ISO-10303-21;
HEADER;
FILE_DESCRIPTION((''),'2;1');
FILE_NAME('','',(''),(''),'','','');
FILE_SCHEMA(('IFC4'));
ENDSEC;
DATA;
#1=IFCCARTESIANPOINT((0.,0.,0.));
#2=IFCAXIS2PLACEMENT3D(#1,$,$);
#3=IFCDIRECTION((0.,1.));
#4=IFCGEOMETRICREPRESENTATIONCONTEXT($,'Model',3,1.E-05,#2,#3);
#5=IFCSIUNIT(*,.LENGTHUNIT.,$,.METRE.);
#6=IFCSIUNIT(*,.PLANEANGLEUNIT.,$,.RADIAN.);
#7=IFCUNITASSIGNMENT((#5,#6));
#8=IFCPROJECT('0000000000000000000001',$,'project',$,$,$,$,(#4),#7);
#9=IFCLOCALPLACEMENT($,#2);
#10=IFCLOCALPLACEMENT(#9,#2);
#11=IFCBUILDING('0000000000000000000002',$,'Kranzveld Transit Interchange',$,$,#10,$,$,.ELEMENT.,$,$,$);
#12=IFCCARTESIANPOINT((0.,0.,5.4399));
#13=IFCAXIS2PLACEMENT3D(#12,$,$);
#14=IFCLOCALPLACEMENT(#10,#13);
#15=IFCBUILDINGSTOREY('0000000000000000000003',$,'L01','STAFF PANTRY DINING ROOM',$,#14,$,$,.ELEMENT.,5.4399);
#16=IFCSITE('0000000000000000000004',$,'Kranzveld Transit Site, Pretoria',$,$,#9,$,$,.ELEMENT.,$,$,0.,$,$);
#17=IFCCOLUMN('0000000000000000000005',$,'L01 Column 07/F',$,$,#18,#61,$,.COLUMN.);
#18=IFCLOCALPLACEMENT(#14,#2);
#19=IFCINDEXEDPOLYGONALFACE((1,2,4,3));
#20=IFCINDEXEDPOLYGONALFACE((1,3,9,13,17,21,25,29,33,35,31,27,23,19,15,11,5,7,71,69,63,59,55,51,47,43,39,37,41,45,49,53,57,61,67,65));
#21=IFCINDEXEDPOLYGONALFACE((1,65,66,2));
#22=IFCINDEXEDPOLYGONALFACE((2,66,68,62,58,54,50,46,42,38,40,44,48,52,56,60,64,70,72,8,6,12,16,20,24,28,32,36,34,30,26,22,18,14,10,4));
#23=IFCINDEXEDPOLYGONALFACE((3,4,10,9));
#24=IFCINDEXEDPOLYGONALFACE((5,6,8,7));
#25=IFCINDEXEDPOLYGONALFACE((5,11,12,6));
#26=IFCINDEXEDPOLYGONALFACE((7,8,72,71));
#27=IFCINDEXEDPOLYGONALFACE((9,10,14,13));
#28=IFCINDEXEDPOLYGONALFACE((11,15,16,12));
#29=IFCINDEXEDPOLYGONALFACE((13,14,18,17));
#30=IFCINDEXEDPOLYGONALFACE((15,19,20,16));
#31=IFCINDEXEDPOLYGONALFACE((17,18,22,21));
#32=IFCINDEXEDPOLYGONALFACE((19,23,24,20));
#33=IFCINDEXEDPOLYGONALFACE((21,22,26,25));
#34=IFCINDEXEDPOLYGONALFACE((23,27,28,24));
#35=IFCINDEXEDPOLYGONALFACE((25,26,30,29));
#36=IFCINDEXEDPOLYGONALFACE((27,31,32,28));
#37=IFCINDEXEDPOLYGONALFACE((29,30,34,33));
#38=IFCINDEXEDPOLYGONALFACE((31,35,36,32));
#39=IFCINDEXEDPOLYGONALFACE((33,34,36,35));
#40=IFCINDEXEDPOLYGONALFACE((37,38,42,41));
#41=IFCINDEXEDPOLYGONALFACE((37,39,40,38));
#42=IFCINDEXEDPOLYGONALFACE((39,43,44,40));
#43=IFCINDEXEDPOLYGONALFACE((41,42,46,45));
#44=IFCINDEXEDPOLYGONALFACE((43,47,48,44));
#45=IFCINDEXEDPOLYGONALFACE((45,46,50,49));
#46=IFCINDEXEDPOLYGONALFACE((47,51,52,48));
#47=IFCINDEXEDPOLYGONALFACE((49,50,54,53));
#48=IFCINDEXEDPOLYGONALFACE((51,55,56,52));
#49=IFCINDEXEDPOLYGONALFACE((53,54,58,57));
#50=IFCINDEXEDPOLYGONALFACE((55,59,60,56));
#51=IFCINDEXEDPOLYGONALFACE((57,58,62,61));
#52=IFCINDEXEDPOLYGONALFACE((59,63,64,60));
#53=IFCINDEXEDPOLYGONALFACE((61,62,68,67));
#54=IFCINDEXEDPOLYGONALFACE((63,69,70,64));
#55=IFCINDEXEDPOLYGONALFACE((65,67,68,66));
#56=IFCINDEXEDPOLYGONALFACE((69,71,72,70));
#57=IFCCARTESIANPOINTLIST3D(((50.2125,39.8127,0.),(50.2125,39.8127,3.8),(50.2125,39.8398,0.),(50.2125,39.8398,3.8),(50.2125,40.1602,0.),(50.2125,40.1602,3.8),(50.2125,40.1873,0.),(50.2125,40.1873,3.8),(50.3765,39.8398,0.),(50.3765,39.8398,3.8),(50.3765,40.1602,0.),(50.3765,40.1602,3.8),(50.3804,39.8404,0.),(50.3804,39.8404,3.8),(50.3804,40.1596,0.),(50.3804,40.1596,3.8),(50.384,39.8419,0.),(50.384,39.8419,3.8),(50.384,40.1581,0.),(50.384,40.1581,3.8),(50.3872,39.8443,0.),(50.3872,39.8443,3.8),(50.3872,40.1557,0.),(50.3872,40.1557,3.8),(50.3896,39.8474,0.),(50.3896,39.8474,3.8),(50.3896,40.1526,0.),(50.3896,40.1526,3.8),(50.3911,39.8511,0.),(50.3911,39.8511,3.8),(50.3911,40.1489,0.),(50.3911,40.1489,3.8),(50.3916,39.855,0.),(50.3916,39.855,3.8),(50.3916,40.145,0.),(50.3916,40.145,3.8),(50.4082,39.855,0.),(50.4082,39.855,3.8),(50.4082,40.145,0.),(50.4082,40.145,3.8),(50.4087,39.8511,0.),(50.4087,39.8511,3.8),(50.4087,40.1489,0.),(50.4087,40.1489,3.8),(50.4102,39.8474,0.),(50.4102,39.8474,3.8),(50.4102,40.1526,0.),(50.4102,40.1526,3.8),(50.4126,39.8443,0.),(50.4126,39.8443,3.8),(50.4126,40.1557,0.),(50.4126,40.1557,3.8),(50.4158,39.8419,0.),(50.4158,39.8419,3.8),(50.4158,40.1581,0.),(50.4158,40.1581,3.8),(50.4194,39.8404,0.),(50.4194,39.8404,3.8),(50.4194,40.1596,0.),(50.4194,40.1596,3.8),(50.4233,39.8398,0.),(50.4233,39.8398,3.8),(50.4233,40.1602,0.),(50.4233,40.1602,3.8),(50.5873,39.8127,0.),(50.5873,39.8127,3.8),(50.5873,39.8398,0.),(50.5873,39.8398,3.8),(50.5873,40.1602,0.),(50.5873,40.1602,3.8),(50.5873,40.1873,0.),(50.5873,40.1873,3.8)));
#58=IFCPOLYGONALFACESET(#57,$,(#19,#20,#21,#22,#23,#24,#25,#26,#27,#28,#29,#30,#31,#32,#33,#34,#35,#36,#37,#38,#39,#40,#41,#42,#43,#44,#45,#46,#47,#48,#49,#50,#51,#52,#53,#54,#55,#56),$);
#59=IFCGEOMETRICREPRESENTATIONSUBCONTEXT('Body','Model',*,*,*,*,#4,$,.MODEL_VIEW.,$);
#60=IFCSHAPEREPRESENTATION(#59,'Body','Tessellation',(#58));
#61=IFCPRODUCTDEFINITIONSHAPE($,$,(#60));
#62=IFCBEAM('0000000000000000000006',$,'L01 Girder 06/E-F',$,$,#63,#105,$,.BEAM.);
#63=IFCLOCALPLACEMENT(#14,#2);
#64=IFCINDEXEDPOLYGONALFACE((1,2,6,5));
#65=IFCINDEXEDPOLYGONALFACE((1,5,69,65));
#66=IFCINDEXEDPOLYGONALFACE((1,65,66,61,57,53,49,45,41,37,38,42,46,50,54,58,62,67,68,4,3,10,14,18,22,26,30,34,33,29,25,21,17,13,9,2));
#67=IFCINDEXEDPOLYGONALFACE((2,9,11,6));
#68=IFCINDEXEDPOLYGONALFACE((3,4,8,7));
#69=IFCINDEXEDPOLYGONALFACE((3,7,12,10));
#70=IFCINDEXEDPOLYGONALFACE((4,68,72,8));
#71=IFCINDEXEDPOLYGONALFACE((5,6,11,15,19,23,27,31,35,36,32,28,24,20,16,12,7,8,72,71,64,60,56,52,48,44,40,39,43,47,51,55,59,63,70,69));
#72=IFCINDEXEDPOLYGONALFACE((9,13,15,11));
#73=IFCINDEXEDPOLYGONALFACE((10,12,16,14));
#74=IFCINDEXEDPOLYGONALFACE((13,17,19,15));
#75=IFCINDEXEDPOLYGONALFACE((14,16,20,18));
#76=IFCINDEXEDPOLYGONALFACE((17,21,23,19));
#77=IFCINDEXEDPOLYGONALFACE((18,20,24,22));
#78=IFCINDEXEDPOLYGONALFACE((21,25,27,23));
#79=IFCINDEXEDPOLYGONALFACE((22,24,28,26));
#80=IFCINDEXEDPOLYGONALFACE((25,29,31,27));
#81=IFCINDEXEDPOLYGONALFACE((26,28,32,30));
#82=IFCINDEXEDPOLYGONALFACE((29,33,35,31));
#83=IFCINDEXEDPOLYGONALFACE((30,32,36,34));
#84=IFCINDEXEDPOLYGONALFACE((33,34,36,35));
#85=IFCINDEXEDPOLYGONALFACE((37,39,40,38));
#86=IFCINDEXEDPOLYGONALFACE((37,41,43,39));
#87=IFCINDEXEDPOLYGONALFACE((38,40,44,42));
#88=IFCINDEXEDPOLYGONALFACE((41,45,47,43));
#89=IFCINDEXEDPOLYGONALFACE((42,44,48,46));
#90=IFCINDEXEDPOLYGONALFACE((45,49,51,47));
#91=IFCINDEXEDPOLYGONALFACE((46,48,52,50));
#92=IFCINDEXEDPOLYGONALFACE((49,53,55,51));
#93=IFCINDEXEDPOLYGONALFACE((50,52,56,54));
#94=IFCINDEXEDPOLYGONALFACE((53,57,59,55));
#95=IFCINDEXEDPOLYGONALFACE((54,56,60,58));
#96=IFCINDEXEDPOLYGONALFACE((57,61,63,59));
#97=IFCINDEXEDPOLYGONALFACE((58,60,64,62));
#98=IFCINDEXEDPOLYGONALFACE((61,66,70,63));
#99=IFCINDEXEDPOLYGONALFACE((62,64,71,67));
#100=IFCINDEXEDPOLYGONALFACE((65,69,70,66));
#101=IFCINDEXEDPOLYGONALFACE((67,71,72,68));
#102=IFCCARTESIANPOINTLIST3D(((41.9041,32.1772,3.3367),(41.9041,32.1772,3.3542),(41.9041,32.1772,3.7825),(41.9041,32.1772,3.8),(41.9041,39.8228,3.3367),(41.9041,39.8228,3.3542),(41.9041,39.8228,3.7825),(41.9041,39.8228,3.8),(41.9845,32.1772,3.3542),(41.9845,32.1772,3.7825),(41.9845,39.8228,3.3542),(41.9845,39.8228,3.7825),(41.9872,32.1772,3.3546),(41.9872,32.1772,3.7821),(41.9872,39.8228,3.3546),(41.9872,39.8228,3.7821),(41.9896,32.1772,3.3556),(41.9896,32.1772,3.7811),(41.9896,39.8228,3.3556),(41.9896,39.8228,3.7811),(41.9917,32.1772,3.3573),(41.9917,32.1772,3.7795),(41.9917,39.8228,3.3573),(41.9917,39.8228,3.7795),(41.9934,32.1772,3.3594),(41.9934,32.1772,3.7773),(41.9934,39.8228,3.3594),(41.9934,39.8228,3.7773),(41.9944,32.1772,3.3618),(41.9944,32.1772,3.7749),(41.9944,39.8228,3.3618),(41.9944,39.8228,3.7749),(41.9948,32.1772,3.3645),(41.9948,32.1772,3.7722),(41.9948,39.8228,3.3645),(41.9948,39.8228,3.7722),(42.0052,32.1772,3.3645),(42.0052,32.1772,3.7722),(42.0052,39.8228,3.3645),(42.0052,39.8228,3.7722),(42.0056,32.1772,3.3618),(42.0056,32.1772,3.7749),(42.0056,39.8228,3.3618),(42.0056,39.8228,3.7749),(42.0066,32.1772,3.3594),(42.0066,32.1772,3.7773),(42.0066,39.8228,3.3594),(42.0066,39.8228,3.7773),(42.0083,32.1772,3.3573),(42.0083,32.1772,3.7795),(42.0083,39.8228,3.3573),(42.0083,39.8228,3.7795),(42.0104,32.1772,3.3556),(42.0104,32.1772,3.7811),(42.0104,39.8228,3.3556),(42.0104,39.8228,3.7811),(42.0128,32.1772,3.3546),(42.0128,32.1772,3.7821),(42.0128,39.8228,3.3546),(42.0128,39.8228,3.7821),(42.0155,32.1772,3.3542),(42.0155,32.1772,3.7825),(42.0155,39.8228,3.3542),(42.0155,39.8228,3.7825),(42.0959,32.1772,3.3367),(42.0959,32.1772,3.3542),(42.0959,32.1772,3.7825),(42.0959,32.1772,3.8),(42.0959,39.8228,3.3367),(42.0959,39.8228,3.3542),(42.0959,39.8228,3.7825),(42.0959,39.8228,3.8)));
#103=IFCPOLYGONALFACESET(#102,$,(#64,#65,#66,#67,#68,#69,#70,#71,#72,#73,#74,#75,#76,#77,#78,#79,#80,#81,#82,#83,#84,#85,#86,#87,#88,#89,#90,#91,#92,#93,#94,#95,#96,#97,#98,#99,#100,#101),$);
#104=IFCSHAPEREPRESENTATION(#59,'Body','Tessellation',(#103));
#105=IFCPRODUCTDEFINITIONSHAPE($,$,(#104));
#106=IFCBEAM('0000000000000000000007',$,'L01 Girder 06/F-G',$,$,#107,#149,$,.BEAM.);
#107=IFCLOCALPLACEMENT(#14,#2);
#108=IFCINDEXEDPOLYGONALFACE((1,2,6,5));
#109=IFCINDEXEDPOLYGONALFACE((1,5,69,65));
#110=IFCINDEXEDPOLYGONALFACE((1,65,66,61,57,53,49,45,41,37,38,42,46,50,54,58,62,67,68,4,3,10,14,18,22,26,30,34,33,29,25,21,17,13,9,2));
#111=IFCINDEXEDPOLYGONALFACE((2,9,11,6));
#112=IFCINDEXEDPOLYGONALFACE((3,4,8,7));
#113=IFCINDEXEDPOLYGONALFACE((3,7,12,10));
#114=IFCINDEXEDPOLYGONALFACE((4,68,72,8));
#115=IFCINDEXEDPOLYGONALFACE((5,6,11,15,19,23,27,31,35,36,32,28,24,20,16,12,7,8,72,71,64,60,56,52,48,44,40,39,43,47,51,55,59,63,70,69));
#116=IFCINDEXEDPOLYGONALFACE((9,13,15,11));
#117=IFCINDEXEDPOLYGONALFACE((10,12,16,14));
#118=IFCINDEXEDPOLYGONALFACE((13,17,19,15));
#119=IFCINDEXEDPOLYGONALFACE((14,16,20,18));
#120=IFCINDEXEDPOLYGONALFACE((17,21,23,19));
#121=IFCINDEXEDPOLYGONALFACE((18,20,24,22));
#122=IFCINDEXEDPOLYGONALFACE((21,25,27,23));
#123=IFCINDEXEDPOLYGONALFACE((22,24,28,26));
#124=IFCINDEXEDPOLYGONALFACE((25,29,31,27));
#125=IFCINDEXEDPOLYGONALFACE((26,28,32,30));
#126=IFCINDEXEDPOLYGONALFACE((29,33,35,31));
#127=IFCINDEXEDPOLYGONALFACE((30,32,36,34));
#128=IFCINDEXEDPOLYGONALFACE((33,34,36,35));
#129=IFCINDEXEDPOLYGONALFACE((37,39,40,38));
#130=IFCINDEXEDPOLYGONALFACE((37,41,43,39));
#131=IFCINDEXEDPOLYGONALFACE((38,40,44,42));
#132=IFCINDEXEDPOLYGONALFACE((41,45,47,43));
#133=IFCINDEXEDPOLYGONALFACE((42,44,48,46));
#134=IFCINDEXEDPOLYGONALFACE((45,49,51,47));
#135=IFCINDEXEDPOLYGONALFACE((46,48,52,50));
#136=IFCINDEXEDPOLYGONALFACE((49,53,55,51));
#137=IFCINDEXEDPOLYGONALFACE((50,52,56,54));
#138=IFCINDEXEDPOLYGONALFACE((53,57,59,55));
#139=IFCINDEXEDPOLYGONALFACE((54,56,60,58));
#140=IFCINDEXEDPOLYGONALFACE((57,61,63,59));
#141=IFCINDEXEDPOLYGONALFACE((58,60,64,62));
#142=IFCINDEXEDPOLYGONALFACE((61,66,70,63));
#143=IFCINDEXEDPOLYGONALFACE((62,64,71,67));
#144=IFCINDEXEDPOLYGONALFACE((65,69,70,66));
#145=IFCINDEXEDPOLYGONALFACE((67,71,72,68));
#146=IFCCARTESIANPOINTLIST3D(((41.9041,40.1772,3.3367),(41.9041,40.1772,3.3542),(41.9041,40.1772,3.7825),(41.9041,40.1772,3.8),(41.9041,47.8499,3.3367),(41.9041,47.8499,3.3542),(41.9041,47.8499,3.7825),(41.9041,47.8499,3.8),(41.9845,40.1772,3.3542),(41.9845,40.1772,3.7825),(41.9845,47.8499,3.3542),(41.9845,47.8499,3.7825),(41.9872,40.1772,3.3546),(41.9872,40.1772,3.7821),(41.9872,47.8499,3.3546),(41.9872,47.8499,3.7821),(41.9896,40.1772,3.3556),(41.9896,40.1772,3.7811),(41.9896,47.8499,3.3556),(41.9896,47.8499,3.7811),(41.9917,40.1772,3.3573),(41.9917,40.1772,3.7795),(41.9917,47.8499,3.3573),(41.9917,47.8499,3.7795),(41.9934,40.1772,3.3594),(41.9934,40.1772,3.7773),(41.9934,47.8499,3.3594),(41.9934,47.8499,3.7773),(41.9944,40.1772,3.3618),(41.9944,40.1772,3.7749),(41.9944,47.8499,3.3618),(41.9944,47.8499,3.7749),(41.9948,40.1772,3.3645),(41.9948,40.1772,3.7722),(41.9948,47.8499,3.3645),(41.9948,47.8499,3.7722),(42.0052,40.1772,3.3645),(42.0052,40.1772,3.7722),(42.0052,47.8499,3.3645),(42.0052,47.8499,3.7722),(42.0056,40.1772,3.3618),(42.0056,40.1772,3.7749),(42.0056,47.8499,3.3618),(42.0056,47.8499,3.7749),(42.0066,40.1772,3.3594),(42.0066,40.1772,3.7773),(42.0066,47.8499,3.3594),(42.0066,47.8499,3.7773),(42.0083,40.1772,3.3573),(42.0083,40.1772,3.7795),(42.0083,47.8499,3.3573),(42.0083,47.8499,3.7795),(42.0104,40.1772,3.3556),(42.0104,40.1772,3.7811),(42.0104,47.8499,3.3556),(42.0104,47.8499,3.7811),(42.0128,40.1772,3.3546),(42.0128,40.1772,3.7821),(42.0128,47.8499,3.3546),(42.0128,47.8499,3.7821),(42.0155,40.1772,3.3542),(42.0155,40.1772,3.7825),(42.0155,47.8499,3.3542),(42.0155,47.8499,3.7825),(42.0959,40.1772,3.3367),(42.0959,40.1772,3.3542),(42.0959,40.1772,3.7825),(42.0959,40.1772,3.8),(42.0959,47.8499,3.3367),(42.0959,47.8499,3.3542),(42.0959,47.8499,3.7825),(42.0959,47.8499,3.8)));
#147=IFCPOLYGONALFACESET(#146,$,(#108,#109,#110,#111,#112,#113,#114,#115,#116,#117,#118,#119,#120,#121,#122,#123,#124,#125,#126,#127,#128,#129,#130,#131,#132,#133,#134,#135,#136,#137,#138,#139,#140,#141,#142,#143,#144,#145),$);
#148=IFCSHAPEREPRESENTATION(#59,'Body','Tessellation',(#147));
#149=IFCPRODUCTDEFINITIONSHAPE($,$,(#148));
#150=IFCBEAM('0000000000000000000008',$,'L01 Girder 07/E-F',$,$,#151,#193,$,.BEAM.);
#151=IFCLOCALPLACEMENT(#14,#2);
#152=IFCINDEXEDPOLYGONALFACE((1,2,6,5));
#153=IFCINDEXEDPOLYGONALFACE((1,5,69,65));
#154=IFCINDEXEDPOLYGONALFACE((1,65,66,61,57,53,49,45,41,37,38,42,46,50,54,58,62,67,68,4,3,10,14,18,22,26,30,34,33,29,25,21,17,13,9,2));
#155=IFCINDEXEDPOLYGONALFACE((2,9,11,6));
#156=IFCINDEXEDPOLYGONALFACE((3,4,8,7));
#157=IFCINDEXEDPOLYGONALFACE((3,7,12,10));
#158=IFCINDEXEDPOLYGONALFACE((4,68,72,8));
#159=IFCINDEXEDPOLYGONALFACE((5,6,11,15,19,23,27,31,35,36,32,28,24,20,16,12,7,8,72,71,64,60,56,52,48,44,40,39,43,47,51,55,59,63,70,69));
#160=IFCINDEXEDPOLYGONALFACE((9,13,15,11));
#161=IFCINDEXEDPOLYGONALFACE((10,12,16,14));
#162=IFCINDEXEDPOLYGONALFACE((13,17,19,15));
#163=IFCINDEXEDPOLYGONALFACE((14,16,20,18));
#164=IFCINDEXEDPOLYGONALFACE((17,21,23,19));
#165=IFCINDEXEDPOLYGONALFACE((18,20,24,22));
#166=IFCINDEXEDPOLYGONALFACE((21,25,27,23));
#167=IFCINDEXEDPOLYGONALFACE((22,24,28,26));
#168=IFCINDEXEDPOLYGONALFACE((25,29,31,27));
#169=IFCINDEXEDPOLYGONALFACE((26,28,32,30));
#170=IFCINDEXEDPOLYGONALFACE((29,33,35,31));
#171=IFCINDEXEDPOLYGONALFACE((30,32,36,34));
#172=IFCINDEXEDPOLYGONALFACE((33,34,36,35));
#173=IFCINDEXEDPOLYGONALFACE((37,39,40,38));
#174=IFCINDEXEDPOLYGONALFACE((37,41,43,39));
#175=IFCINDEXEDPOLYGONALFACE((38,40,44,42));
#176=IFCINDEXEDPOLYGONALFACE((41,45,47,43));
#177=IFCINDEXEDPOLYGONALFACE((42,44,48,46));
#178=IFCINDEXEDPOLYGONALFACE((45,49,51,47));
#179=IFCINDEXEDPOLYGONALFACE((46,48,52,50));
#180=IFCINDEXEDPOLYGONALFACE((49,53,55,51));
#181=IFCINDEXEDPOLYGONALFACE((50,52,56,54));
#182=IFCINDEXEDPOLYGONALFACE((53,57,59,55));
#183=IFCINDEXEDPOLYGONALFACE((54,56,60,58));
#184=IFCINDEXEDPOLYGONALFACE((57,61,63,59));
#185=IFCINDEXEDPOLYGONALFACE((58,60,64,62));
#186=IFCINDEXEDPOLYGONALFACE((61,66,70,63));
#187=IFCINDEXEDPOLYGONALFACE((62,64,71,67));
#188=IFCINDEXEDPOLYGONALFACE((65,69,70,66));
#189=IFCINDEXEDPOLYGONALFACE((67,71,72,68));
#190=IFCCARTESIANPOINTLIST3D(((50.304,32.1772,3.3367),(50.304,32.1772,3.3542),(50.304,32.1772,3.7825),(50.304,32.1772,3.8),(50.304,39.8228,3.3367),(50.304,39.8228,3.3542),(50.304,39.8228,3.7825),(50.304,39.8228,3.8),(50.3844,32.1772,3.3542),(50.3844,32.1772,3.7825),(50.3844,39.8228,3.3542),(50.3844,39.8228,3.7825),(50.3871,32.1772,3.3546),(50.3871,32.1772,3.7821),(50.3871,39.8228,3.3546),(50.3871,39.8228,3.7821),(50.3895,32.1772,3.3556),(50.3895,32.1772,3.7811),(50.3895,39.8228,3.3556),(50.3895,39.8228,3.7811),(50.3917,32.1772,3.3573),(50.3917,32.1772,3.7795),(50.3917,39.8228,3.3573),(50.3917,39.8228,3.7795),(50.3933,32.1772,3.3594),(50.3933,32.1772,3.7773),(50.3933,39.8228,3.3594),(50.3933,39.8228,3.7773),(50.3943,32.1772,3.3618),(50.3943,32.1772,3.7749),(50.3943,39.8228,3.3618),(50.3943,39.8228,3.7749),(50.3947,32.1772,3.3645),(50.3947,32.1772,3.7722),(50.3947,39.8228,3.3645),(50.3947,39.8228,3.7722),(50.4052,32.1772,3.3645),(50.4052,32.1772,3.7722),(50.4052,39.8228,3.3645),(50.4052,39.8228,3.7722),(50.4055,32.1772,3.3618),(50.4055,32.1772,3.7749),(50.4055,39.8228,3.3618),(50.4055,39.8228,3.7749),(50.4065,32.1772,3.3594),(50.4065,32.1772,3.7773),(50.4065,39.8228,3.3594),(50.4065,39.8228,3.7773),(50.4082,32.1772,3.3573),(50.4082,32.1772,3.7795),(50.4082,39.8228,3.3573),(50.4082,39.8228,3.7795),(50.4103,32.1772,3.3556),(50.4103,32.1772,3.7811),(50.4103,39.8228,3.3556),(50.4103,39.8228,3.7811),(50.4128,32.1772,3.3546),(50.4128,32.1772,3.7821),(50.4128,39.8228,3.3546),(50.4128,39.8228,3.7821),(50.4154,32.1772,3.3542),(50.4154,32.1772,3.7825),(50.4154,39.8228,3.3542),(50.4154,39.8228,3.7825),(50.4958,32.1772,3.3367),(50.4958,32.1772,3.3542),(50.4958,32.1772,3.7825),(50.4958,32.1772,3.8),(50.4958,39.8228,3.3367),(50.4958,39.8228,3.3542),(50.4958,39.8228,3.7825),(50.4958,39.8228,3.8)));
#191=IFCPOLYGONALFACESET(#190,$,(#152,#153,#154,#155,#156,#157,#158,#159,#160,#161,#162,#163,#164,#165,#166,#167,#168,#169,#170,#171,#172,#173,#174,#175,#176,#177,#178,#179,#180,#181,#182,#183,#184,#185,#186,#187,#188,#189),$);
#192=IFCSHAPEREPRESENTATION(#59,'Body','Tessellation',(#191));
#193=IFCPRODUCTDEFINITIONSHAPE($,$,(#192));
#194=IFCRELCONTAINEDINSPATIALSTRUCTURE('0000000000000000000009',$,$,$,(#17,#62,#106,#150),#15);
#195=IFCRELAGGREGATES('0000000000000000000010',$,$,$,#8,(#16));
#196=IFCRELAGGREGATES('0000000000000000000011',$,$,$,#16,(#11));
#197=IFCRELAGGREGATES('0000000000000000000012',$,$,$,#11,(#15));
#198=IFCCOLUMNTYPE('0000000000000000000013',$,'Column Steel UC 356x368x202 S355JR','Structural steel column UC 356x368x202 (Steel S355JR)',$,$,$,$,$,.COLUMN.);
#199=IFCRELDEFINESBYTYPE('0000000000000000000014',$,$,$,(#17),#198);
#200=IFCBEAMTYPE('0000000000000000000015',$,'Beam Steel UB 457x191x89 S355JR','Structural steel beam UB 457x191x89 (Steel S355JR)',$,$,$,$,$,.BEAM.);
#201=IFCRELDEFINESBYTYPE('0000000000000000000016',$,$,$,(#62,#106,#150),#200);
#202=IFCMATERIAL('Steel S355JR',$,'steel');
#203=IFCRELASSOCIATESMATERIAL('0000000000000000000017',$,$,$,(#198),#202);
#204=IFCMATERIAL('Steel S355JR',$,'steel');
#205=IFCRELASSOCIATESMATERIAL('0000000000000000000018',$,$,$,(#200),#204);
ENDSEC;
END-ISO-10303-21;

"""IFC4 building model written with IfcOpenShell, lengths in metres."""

from ifc_helpers import new_model, si_unit, direction, frame, origin, origin_2d, place, context, subcontext, project, spatial, i_section, extrude, material, material_profile, profile_set, type_object, element, save


model = new_model("IFC4")

# Units and contexts
model_context = context("Model", 3, precision=1e-05, world=origin(), true_north=direction((0.0, 1.0)))
body_context = subcontext(model_context, "Body", "Model", "MODEL_VIEW")
ifc_project = project(units=[si_unit("LENGTHUNIT", "METRE"), si_unit("PLANEANGLEUNIT", "RADIAN")], contexts=[model_context])

# Site, building, storey
site_placement = place(None, origin())
site = spatial("IfcSite", under=ifc_project, at=site_placement, Name="Kranzveld Transit Site, Pretoria", CompositionType="ELEMENT", RefElevation=0.0)
building_placement = place(site_placement, origin())
building = spatial("IfcBuilding", under=site, at=building_placement, Name="Kranzveld Transit Interchange", CompositionType="ELEMENT")
storey_placement = place(building_placement, frame((0.0, 0.0, 5.4399)))
storey = spatial("IfcBuildingStorey", under=building, at=storey_placement, Name="L01", Description="STAFF PANTRY DINING ROOM", CompositionType="ELEMENT", Elevation=5.4399)

# Column
ifc_material_1 = material(Name="Steel S355JR", Category="steel")
ifc_material_profile_1 = material_profile(ifc_material_1, i_section(OverallWidth=0.3748, OverallDepth=0.3745, WebThickness=0.0166, FlangeThickness=0.0271, FilletRadius=0.0151, at=origin_2d()), Name="UC 356x368x202")
ifc_profile_set_1 = profile_set([ifc_material_profile_1], Name="Steel S355JR")
column_type_1 = type_object("IfcColumnType", Name="Column Steel UC 356x368x202 S355JR", Description="Structural steel column UC 356x368x202 (Steel S355JR)", PredefinedType="COLUMN", material=ifc_profile_set_1)
for number, where, z_axis, x_axis, name in (
    (1, (50.3999, 40.0, 0.0), (0.0, 0.0, 1.0), (1.0, 0.0, 0.0), "L01 Column 07/F"),
):
    element("IfcColumn", number, at=place(storey_placement, frame(where, z_axis=z_axis, x_axis=x_axis)), inside=storey, type_object=column_type_1, Name=name, PredefinedType="COLUMN", context=body_context, shape_type="SweptSolid", body=[
        extrude(i_section(OverallWidth=0.3748, OverallDepth=0.3745, WebThickness=0.0166, FlangeThickness=0.0271, FilletRadius=0.0151, at=origin_2d()), origin(), (0.0, 0.0, 1.0), 3.8),
    ])

# Beams
ifc_material_2 = material(Name="Steel S355JR", Category="steel")
ifc_material_profile_2 = material_profile(ifc_material_2, i_section(OverallWidth=0.1919, OverallDepth=0.4634, WebThickness=0.0105, FlangeThickness=0.0176, FilletRadius=0.0103, at=origin_2d()), Name="UB 457x191x89")
ifc_profile_set_2 = profile_set([ifc_material_profile_2], Name="Steel S355JR")
beam_type_1 = type_object("IfcBeamType", Name="Beam Steel UB 457x191x89 S355JR", Description="Structural steel beam UB 457x191x89 (Steel S355JR)", PredefinedType="BEAM", material=ifc_profile_set_2)
beam_1_placement = place(storey_placement, frame((42.0, 32.1772, 3.5684), z_axis=(0.0, 1.0, 0.0), x_axis=(-1.0, 0.0, 0.0)))
element("IfcBeam", 2, at=beam_1_placement, inside=storey, type_object=beam_type_1, Name="L01 Girder 06/E-F", PredefinedType="BEAM", context=body_context, shape_type="SweptSolid", body=[
    extrude(i_section(OverallWidth=0.1919, OverallDepth=0.4634, WebThickness=0.0105, FlangeThickness=0.0176, FilletRadius=0.0103, at=origin_2d()), origin(), (0.0, 0.0, 1.0), 7.6455),
])
beam_2_placement = place(storey_placement, frame((42.0, 40.1772, 3.5684), z_axis=(0.0, 1.0, 0.0), x_axis=(-1.0, 0.0, 0.0)))
element("IfcBeam", 3, at=beam_2_placement, inside=storey, type_object=beam_type_1, Name="L01 Girder 06/F-G", PredefinedType="BEAM", context=body_context, shape_type="SweptSolid", body=[
    extrude(i_section(OverallWidth=0.1919, OverallDepth=0.4634, WebThickness=0.0105, FlangeThickness=0.0176, FilletRadius=0.0103, at=origin_2d()), origin(), (0.0, 0.0, 1.0), 7.6726),
])
beam_3_placement = place(storey_placement, frame((50.3999, 32.1772, 3.5684), z_axis=(0.0, 1.0, 0.0), x_axis=(-1.0, 0.0, 0.0)))
element("IfcBeam", 4, at=beam_3_placement, inside=storey, type_object=beam_type_1, Name="L01 Girder 07/E-F", PredefinedType="BEAM", context=body_context, shape_type="SweptSolid", body=[
    extrude(i_section(OverallWidth=0.1919, OverallDepth=0.4634, WebThickness=0.0105, FlangeThickness=0.0176, FilletRadius=0.0103, at=origin_2d()), origin(), (0.0, 0.0, 1.0), 7.6455),
])

save(model, "model.ifc")
